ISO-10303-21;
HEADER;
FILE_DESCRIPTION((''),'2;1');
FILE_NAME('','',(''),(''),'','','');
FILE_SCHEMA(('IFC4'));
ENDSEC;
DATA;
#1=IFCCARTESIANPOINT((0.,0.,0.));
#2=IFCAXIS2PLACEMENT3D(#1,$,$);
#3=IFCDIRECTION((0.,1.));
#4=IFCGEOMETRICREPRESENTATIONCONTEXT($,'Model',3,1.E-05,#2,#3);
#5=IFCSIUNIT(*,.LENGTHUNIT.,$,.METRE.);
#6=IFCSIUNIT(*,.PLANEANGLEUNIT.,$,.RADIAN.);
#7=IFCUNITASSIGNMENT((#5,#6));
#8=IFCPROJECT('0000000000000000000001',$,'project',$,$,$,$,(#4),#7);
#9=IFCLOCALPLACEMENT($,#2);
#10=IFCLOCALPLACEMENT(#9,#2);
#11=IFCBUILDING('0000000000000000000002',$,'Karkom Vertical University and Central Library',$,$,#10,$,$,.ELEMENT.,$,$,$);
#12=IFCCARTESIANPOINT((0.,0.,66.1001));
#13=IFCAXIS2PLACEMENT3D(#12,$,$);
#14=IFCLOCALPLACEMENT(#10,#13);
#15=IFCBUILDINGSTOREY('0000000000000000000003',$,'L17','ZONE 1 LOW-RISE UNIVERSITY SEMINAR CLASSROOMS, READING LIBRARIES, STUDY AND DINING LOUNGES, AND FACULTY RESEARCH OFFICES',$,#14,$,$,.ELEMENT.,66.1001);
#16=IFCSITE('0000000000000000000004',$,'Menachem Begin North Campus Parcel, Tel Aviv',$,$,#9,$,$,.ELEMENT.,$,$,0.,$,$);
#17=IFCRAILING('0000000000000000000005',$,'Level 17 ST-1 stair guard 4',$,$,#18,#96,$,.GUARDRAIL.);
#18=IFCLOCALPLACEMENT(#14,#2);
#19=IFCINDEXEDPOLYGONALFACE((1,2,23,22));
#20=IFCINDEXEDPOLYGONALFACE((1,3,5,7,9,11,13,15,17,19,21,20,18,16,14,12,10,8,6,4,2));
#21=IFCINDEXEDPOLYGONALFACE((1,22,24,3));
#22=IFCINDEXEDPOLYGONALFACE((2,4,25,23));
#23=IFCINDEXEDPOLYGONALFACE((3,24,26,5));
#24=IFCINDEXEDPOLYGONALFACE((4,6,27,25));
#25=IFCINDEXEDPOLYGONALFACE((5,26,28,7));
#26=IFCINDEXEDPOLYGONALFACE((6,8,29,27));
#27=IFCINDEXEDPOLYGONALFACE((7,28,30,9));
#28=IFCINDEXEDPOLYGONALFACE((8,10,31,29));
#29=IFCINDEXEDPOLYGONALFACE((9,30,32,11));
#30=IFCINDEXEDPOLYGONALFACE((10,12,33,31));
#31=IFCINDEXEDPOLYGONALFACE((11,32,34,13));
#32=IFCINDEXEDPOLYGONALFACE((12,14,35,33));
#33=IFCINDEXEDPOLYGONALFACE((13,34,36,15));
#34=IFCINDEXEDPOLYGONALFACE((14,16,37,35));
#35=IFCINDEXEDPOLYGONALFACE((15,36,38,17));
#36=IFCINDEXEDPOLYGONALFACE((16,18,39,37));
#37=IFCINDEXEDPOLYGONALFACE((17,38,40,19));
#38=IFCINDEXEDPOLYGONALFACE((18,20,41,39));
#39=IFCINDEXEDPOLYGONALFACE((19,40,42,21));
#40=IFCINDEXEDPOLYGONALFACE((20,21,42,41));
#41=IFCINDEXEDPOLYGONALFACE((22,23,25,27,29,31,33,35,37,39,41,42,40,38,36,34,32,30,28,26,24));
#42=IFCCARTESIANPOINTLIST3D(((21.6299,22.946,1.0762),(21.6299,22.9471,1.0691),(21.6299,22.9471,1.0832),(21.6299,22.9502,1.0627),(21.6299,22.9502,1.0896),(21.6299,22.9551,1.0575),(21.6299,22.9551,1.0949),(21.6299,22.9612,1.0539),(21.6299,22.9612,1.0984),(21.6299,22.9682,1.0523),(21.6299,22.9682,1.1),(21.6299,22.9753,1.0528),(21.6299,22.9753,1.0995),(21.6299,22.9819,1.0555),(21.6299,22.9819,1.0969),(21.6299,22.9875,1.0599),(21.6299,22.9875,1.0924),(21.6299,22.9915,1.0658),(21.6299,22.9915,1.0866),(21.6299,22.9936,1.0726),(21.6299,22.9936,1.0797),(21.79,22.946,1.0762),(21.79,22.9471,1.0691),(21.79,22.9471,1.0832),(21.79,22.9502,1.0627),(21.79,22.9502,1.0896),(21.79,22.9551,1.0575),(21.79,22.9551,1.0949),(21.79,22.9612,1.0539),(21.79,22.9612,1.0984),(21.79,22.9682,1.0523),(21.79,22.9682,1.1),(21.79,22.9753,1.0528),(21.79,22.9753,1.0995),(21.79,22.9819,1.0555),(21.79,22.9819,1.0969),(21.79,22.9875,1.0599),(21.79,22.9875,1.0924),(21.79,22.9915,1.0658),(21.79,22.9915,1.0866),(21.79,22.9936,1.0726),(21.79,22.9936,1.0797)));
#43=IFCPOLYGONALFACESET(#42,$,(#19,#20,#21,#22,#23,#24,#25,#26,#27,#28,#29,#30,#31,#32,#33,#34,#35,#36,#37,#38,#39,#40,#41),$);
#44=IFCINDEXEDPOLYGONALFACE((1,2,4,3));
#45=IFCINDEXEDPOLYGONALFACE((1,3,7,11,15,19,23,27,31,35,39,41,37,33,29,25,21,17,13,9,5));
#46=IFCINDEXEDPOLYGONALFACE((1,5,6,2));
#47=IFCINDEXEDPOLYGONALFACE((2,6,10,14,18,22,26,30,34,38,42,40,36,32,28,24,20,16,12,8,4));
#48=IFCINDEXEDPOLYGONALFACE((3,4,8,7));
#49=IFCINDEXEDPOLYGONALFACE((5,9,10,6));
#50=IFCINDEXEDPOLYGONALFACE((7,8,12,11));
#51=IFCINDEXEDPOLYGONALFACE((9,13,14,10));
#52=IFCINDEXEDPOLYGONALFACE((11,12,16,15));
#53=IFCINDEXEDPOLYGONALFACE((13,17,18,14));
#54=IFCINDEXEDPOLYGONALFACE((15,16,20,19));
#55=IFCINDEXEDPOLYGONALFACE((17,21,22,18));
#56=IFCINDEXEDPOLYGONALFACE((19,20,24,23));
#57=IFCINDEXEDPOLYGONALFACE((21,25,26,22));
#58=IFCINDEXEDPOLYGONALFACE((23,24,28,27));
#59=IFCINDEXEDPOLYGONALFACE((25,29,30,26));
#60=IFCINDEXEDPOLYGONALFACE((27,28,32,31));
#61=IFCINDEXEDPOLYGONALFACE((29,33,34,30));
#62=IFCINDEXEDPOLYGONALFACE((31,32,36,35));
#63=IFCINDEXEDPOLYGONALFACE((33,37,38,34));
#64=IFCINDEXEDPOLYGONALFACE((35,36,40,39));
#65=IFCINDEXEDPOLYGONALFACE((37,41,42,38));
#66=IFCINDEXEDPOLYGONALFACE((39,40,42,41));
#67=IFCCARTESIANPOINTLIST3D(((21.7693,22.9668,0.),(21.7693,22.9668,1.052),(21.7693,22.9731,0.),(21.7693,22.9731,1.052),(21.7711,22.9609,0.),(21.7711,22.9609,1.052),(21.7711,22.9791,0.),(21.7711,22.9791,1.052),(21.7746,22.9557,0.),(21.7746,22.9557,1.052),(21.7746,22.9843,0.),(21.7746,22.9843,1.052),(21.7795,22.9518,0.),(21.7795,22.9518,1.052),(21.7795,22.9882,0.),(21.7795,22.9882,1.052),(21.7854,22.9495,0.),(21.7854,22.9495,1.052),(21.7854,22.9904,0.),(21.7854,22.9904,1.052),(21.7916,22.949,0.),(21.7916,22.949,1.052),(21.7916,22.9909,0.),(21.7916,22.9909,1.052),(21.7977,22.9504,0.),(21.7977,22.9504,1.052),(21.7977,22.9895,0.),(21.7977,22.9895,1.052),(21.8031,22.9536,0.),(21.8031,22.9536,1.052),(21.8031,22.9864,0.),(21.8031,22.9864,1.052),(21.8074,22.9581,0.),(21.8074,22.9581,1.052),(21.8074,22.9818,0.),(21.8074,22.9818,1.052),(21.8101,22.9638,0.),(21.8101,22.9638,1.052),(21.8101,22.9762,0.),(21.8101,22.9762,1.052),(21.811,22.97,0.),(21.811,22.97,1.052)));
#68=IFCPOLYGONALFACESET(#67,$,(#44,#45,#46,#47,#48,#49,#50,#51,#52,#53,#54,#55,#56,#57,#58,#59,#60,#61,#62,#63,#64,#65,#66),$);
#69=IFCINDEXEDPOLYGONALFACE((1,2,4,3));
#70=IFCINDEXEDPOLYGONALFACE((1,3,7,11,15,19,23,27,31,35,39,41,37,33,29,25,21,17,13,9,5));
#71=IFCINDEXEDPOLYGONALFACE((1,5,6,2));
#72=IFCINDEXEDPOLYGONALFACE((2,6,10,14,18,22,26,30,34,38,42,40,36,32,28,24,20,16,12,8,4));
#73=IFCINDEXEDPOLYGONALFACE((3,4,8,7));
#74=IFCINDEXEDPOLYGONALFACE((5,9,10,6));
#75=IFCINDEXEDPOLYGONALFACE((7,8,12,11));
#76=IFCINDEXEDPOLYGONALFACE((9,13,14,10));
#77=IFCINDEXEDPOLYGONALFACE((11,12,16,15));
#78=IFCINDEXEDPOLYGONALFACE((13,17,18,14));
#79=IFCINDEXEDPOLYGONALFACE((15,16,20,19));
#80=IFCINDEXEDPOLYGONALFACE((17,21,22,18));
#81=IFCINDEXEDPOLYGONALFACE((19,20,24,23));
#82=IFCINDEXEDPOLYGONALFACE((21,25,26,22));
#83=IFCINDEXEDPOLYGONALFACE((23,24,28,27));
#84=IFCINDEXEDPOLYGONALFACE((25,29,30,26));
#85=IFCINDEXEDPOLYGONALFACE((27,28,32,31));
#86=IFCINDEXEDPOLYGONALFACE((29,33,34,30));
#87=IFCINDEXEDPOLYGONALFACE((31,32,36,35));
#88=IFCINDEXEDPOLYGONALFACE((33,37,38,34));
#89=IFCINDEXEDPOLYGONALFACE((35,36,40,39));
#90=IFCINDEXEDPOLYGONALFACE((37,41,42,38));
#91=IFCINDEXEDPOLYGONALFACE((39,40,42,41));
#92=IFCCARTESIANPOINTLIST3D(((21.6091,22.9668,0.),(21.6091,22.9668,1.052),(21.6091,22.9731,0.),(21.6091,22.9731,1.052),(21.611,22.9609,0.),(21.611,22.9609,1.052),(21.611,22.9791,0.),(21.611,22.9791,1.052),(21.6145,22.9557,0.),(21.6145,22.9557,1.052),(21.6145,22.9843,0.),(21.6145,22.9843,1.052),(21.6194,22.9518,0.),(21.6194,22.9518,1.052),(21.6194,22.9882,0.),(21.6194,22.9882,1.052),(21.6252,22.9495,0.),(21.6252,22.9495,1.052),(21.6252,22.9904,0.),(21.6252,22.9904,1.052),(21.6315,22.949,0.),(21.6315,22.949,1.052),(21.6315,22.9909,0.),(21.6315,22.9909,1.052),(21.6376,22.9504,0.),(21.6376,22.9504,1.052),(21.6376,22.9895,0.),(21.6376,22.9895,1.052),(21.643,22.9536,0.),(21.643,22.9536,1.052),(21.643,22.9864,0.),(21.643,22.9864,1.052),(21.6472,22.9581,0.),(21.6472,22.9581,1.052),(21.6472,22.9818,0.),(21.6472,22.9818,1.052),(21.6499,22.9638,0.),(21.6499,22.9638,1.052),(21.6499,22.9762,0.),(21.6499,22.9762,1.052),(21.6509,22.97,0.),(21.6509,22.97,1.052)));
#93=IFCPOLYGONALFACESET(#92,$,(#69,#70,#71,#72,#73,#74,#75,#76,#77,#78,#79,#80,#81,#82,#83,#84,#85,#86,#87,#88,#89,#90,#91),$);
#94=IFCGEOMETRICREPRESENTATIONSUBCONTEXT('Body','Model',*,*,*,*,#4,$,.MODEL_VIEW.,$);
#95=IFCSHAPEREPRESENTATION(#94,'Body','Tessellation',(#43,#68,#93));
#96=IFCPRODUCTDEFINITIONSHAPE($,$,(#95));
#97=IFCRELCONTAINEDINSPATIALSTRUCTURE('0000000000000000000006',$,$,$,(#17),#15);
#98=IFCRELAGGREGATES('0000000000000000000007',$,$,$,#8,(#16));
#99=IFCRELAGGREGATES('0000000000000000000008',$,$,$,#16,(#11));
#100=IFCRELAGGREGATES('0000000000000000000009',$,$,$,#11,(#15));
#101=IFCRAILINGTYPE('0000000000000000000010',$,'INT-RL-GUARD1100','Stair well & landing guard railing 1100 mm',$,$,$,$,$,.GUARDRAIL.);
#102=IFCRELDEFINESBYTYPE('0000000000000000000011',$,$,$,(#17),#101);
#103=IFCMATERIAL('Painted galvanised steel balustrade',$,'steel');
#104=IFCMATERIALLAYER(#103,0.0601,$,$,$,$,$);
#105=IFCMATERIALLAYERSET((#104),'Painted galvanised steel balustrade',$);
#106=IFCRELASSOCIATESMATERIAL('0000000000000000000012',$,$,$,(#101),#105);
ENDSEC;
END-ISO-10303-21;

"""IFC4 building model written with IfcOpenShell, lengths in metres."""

from ifc_helpers import new_model, si_unit, direction, frame, origin, origin_2d, place, context, subcontext, project, spatial, circle, extrude, material, layer, layer_set, type_object, element, save


model = new_model("IFC4")

# Units and contexts
model_context = context("Model", 3, precision=1e-05, world=origin(), true_north=direction((0.0, 1.0)))
body_context = subcontext(model_context, "Body", "Model", "MODEL_VIEW")
ifc_project = project(units=[si_unit("LENGTHUNIT", "METRE"), si_unit("PLANEANGLEUNIT", "RADIAN")], contexts=[model_context])

# Site, building, storey
site_placement = place(None, origin())
site = spatial("IfcSite", under=ifc_project, at=site_placement, Name="Menachem Begin North Campus Parcel, Tel Aviv", CompositionType="ELEMENT", RefElevation=0.0)
building_placement = place(site_placement, origin())
building = spatial("IfcBuilding", under=site, at=building_placement, Name="Karkom Vertical University and Central Library", CompositionType="ELEMENT")
storey_placement = place(building_placement, frame((0.0, 0.0, 66.1001)))
storey = spatial("IfcBuildingStorey", under=building, at=storey_placement, Name="L17", Description="ZONE 1 LOW-RISE UNIVERSITY SEMINAR CLASSROOMS, READING LIBRARIES, STUDY AND DINING LOUNGES, AND FACULTY RESEARCH OFFICES", CompositionType="ELEMENT", Elevation=66.1001)

# Railing
ifc_material_1 = material(Name="Painted galvanised steel balustrade", Category="steel")
ifc_layer_1 = layer(ifc_material_1, 0.0601)
ifc_layer_set_1 = layer_set([ifc_layer_1], Name="Painted galvanised steel balustrade")
railing_type_1 = type_object("IfcRailingType", Name="INT-RL-GUARD1100", Description="Stair well & landing guard railing 1100 mm", PredefinedType="GUARDRAIL", material=ifc_layer_set_1)
railing_1_placement = place(storey_placement, frame((21.79, 22.97, 0.0)))
element("IfcRailing", 1, at=railing_1_placement, inside=storey, type_object=railing_type_1, Name="Level 17 ST-1 stair guard 4", PredefinedType="GUARDRAIL", context=body_context, shape_type="SweptSolid", body=[
    extrude(circle(Radius=0.0239, at=origin_2d()), frame((0.0, 0.0, 1.0762), z_axis=(-1.0, 0.0, 0.0), x_axis=(0.0, -1.0, 0.0)), (0.0, 0.0, 1.0), 0.1602),
    extrude(circle(Radius=0.021, at=origin_2d()), origin(), (0.0, 0.0, 1.0), 1.052),
    extrude(circle(Radius=0.021, at=origin_2d()), frame((-0.1602, 0.0, 0.0)), (0.0, 0.0, 1.0), 1.052),
])

save(model, "model.ifc")
